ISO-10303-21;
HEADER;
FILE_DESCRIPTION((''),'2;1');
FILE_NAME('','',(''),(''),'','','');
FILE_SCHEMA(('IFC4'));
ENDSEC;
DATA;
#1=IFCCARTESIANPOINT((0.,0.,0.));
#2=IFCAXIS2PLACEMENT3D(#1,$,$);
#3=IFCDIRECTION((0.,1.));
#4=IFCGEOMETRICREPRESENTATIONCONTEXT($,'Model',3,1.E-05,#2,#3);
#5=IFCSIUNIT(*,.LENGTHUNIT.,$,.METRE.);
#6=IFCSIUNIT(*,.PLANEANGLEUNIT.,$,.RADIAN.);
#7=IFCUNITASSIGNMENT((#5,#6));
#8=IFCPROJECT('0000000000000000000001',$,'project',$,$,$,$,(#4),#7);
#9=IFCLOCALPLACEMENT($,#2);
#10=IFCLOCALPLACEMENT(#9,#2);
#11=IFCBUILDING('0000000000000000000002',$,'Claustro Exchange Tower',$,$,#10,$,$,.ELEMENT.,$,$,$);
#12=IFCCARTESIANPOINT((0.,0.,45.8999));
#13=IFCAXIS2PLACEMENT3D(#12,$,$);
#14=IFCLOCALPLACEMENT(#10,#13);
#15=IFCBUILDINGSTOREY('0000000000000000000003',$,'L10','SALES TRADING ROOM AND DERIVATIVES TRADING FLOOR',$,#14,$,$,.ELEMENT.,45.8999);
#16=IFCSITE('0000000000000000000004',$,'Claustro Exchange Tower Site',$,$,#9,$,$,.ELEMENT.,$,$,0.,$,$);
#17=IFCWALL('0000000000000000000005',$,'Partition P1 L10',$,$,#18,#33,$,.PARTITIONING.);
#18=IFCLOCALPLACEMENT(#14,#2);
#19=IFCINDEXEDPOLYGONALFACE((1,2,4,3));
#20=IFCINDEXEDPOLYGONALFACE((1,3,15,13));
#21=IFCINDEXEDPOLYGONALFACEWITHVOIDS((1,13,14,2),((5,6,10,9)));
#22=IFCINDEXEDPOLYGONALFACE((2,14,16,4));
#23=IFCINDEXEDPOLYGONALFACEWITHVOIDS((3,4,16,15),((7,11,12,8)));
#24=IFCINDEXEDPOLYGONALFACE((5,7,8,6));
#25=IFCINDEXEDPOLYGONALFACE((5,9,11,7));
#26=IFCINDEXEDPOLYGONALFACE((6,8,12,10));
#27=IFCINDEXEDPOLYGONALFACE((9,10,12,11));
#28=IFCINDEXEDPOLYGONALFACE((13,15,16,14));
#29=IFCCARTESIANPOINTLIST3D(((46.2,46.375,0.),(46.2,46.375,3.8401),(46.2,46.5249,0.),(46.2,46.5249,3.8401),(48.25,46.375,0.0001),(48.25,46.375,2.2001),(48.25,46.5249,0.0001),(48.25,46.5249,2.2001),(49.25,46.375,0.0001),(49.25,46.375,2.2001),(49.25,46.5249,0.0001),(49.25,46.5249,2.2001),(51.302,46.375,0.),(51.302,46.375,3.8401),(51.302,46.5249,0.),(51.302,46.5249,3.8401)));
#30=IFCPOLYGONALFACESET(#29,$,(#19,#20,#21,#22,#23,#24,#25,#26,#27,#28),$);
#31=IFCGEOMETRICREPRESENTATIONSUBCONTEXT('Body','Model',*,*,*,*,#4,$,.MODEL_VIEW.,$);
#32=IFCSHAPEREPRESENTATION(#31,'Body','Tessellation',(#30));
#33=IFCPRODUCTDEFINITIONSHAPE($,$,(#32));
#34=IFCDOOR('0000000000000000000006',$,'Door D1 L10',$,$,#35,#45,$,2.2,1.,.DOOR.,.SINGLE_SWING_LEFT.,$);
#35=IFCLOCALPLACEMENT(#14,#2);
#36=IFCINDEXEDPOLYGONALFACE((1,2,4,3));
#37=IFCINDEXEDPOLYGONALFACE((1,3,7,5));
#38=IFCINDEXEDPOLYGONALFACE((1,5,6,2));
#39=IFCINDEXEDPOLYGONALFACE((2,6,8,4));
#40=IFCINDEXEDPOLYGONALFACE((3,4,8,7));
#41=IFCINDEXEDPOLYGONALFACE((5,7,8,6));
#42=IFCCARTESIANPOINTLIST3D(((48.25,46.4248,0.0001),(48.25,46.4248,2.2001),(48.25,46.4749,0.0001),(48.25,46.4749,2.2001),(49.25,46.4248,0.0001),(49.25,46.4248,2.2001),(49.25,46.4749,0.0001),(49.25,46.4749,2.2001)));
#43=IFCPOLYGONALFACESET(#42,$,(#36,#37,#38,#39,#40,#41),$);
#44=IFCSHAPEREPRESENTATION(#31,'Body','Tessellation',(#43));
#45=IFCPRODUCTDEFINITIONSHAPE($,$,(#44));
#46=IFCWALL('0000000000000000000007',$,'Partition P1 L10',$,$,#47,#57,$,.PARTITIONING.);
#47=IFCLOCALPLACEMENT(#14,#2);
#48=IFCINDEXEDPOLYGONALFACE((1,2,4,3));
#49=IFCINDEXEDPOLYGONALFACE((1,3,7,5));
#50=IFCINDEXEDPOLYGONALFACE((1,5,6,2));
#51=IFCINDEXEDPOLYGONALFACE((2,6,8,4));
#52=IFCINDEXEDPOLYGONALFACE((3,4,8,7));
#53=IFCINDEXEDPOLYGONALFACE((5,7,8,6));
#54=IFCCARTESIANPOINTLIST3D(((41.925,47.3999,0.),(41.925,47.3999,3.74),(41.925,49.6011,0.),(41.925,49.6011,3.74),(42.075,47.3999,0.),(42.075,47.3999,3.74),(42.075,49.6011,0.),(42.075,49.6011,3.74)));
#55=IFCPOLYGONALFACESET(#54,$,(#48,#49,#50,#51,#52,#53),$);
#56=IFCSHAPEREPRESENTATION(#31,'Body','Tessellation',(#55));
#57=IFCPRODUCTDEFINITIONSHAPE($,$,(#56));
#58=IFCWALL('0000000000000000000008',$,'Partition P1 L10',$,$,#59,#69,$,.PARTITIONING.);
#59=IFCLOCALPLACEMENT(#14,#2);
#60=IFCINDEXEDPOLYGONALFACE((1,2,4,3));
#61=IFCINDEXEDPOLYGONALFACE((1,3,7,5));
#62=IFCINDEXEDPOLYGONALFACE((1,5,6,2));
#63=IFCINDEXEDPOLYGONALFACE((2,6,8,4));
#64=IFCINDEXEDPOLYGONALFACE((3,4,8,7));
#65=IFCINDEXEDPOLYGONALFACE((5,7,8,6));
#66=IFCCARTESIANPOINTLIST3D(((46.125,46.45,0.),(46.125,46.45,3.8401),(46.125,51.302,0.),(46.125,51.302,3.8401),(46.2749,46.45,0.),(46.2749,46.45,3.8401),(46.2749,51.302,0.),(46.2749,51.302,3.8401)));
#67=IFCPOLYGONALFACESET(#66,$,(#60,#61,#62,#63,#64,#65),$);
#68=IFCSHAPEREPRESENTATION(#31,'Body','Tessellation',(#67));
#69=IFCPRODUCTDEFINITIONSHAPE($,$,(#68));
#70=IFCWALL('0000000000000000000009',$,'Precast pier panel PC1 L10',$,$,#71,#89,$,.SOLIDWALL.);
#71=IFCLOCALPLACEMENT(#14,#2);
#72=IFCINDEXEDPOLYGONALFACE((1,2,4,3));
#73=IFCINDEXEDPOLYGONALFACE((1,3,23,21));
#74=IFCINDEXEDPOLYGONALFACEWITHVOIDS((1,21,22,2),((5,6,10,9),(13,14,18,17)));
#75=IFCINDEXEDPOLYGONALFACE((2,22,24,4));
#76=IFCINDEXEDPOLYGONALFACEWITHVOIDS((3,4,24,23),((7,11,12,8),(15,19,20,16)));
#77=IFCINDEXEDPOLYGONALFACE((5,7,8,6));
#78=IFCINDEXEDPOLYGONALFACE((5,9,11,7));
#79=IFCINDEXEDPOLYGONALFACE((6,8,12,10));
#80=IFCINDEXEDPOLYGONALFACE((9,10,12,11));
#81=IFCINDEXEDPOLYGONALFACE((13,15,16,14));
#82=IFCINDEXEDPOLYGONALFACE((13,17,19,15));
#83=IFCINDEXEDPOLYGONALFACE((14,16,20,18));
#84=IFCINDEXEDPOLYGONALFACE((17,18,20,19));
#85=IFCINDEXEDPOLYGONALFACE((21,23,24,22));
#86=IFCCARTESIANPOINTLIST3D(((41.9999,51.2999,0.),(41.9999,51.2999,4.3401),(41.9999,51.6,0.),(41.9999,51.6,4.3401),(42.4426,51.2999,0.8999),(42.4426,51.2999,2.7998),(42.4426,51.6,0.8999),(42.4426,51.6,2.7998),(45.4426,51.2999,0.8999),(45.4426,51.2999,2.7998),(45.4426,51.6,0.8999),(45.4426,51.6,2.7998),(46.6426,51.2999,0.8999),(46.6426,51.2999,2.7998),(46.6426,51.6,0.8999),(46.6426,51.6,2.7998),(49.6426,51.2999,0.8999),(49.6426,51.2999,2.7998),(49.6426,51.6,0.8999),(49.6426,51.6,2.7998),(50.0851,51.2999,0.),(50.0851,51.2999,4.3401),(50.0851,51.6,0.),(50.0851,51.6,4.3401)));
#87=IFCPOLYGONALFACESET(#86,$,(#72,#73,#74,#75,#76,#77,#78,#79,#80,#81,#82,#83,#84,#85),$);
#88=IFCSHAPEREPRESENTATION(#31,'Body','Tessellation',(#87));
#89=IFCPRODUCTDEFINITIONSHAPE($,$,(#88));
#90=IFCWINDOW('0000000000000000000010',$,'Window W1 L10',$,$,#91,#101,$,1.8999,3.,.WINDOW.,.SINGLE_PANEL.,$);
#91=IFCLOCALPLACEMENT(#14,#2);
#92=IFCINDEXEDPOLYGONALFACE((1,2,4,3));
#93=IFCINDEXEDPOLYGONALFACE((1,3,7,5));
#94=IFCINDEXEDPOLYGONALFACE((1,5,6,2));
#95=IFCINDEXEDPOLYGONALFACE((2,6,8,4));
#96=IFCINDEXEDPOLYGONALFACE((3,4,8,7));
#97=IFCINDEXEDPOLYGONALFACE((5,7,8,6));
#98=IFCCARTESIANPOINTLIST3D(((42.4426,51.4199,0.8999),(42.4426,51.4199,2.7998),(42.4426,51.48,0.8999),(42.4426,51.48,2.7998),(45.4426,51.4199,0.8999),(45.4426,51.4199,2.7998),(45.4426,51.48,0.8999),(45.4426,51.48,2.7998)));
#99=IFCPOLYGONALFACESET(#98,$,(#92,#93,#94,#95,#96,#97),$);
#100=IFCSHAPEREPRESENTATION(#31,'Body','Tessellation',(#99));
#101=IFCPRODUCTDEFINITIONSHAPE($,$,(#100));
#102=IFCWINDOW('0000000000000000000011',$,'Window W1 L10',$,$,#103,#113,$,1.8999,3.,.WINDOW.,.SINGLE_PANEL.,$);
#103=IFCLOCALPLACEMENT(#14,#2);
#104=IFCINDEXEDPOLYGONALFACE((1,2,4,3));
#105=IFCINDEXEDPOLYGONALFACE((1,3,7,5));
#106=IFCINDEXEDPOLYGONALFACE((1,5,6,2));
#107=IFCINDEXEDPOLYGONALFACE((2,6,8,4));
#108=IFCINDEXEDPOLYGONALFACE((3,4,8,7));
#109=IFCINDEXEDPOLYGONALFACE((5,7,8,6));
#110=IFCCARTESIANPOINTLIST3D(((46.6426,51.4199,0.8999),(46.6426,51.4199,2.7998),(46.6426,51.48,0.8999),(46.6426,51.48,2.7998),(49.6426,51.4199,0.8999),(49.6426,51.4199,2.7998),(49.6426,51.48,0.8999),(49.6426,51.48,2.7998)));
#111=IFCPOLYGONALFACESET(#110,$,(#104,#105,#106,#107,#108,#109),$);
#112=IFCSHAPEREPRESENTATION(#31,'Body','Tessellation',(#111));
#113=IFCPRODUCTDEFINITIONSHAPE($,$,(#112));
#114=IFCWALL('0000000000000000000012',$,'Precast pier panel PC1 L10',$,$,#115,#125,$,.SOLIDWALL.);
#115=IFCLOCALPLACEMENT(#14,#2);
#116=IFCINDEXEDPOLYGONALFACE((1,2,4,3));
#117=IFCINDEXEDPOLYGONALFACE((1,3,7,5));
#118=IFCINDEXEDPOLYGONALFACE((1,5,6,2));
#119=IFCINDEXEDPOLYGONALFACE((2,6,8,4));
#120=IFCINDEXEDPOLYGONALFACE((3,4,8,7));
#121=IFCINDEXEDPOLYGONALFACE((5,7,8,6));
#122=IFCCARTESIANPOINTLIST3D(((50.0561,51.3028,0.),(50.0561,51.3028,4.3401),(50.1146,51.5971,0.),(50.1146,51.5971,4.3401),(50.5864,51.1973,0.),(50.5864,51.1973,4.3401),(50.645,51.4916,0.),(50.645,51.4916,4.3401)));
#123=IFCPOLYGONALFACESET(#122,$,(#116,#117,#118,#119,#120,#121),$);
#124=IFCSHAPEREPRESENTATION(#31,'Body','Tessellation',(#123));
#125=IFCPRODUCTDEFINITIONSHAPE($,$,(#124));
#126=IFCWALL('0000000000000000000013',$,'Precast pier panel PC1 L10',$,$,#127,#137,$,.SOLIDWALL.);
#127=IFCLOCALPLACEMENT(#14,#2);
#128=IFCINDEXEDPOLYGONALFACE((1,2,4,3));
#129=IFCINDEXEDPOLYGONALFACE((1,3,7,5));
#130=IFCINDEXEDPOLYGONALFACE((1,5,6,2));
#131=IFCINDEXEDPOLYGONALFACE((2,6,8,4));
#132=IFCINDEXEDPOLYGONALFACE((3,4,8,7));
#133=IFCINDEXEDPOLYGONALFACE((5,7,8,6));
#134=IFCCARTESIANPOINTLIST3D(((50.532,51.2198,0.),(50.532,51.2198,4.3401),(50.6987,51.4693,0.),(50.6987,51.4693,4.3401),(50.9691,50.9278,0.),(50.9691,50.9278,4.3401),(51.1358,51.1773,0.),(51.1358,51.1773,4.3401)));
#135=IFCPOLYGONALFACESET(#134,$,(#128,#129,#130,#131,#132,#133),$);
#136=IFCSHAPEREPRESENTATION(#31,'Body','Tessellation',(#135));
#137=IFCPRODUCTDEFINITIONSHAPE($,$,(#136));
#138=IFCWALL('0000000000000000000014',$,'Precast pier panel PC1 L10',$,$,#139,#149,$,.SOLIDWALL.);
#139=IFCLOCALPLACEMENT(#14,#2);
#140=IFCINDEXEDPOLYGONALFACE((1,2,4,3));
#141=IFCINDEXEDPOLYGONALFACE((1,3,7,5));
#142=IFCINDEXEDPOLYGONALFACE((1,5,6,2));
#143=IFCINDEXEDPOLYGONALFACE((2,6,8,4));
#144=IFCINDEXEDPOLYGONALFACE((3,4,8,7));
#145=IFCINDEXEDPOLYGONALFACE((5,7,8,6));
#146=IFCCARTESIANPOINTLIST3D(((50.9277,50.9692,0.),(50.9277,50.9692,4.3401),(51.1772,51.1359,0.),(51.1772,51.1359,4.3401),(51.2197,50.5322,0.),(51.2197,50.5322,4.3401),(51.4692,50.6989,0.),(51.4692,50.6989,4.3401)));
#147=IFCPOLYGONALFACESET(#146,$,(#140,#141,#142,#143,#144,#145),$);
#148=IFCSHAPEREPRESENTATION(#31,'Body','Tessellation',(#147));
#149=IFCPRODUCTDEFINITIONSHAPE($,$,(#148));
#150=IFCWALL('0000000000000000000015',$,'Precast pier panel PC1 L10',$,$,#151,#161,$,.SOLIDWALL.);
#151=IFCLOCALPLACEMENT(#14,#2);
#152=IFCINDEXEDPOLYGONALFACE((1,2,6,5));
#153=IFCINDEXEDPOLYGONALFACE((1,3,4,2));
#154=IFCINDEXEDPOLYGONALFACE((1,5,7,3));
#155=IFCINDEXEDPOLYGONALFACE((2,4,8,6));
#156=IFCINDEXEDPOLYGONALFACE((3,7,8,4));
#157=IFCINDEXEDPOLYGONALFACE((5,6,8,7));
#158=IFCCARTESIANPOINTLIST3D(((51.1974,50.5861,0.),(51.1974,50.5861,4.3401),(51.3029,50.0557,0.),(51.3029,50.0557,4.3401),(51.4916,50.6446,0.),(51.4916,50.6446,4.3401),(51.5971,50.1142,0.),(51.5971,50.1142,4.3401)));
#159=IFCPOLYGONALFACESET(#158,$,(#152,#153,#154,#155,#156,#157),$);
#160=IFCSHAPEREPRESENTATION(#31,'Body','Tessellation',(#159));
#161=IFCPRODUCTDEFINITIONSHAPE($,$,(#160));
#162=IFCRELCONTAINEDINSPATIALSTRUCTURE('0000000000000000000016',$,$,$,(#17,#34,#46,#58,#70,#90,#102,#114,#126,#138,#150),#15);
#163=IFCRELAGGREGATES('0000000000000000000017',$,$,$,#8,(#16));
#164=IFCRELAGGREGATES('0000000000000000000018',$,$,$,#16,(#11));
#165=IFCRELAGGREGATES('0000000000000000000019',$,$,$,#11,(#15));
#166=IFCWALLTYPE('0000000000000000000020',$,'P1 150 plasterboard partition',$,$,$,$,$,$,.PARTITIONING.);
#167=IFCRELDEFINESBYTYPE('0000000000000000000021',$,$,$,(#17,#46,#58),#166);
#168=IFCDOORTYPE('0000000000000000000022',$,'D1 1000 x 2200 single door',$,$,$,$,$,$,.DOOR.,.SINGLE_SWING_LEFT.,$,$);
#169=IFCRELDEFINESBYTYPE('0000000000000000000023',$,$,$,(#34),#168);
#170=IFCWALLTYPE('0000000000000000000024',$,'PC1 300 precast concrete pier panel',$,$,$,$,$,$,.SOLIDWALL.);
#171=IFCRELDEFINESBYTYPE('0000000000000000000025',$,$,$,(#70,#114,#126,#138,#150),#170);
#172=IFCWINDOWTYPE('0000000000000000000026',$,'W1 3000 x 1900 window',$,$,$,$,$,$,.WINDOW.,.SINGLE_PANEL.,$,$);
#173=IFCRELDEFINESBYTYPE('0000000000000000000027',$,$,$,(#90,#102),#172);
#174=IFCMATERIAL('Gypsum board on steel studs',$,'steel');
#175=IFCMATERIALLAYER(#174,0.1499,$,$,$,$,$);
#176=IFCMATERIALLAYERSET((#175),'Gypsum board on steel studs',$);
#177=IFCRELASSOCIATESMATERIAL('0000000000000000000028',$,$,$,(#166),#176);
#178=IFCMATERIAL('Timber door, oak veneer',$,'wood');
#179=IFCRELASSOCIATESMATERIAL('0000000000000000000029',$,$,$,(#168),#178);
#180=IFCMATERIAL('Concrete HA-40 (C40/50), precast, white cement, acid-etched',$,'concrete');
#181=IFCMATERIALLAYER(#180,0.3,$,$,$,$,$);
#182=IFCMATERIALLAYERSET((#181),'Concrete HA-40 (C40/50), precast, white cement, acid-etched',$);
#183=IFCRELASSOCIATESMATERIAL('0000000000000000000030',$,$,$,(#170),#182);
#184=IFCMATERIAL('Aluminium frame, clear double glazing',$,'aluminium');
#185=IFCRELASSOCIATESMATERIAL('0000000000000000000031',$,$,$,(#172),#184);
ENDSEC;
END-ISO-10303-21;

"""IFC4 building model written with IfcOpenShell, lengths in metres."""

from ifc_helpers import new_model, si_unit, direction, frame, frame_2d, origin, place, context, subcontext, project, spatial, rectangle, extrude, material, layer, layer_set, type_object, element, fill, save


model = new_model("IFC4")

# Units and contexts
model_context = context("Model", 3, precision=1e-05, world=origin(), true_north=direction((0.0, 1.0)))
body_context = subcontext(model_context, "Body", "Model", "MODEL_VIEW")
ifc_project = project(units=[si_unit("LENGTHUNIT", "METRE"), si_unit("PLANEANGLEUNIT", "RADIAN")], contexts=[model_context])

# Site, building, storey
site_placement = place(None, origin())
site = spatial("IfcSite", under=ifc_project, at=site_placement, Name="Claustro Exchange Tower Site", CompositionType="ELEMENT", RefElevation=0.0)
building_placement = place(site_placement, origin())
building = spatial("IfcBuilding", under=site, at=building_placement, Name="Claustro Exchange Tower", CompositionType="ELEMENT")
storey_placement = place(building_placement, frame((0.0, 0.0, 45.8999)))
storey = spatial("IfcBuildingStorey", under=building, at=storey_placement, Name="L10", Description="SALES TRADING ROOM AND DERIVATIVES TRADING FLOOR", CompositionType="ELEMENT", Elevation=45.8999)

# Wall, opening, door
ifc_material_1 = material(Name="Gypsum board on steel studs", Category="steel")
ifc_layer_1 = layer(ifc_material_1, 0.1499)
ifc_layer_set_1 = layer_set([ifc_layer_1], Name="Gypsum board on steel studs")
wall_type_1 = type_object("IfcWallType", Name="P1 150 plasterboard partition", PredefinedType="PARTITIONING", material=ifc_layer_set_1)
ifc_material_2 = material(Name="Timber door, oak veneer", Category="wood")
door_type = type_object("IfcDoorType", Name="D1 1000 x 2200 single door", OperationType="SINGLE_SWING_LEFT", PredefinedType="DOOR", material=ifc_material_2)
wall_1_placement = place(storey_placement, frame((46.2, 46.45, 0.0), z_axis=(0.0, 0.0, 1.0), x_axis=(1.0, 0.0, 0.0)))
wall_1 = element("IfcWall", 1, at=wall_1_placement, inside=storey, type_object=wall_type_1, Name="Partition P1 L10", PredefinedType="PARTITIONING", context=body_context, shape_type="SweptSolid", body=[
    extrude(rectangle(XDim=5.1021, YDim=0.1499, at=frame_2d((2.551, 0.0))), origin(), (0.0, 0.0, 1.0), 3.8401),
])
opening_1_placement = place(wall_1_placement, frame((2.05, 0.0, 0.0)))
opening_1 = element("IfcOpeningElement", 2, at=opening_1_placement, cuts=wall_1, PredefinedType="OPENING", context=body_context, shape_type="SweptSolid", body=[
    extrude(rectangle(XDim=1.0, YDim=2.2, at=frame_2d((0.5, 1.1001))), frame((0.0, 0.085, 0.0), z_axis=(0.0, -1.0, 0.0), x_axis=(1.0, 0.0, 0.0)), (0.0, 0.0, 1.0), 0.1699),
])
door_1_placement = place(opening_1_placement, origin())
door_1 = element("IfcDoor", 3, at=door_1_placement, inside=storey, type_object=door_type, Name="Door D1 L10", OperationType="SINGLE_SWING_LEFT", OverallHeight=2.2, OverallWidth=1.0, PredefinedType="DOOR", context=body_context, shape_type="SweptSolid", body=[
    extrude(rectangle(XDim=1.0, YDim=2.2, at=frame_2d((0.5, 1.1001))), frame((0.0, 0.0249, 0.0), z_axis=(0.0, -1.0, 0.0), x_axis=(1.0, 0.0, 0.0)), (0.0, 0.0, 1.0), 0.05),
])
fill(opening_1, door_1)

# Walls
wall_2_placement = place(storey_placement, frame((42.0, 47.3999, 0.0), z_axis=(0.0, 0.0, 1.0), x_axis=(0.0, 1.0, 0.0)))
element("IfcWall", 4, at=wall_2_placement, inside=storey, type_object=wall_type_1, Name="Partition P1 L10", PredefinedType="PARTITIONING", context=body_context, shape_type="SweptSolid", body=[
    extrude(rectangle(XDim=2.2012, YDim=0.1499, at=frame_2d((1.1006, 0.0))), origin(), (0.0, 0.0, 1.0), 3.74),
])
wall_3_placement = place(storey_placement, frame((46.2, 46.45, 0.0), z_axis=(0.0, 0.0, 1.0), x_axis=(0.0, 1.0, 0.0)))
element("IfcWall", 5, at=wall_3_placement, inside=storey, type_object=wall_type_1, Name="Partition P1 L10", PredefinedType="PARTITIONING", context=body_context, shape_type="SweptSolid", body=[
    extrude(rectangle(XDim=4.8521, YDim=0.1499, at=frame_2d((2.426, 0.0))), origin(), (0.0, 0.0, 1.0), 3.8401),
])

# Wall, openings, windows
ifc_material_3 = material(Name="Concrete HA-40 (C40/50), precast, white cement, acid-etched", Category="concrete")
ifc_layer_2 = layer(ifc_material_3, 0.3)
ifc_layer_set_2 = layer_set([ifc_layer_2], Name="Concrete HA-40 (C40/50), precast, white cement, acid-etched")
wall_type_2 = type_object("IfcWallType", Name="PC1 300 precast concrete pier panel", PredefinedType="SOLIDWALL", material=ifc_layer_set_2)
wall_4_placement = place(storey_placement, frame((42.0, 51.45, 0.0), z_axis=(0.0, 0.0, 1.0), x_axis=(1.0, 0.0, 0.0)))
wall_4 = element("IfcWall", 6, at=wall_4_placement, inside=storey, type_object=wall_type_2, Name="Precast pier panel PC1 L10", PredefinedType="SOLIDWALL", context=body_context, shape_type="SweptSolid", body=[
    extrude(rectangle(XDim=8.0852, YDim=0.3, at=frame_2d((4.0425, 0.0))), origin(), (0.0, 0.0, 1.0), 4.3401),
])
opening_2_placement = place(wall_4_placement, frame((0.4426, 0.0, 0.8999)))
opening_2 = element("IfcOpeningElement", 7, at=opening_2_placement, cuts=wall_4, PredefinedType="OPENING", context=body_context, shape_type="SweptSolid", body=[
    extrude(rectangle(XDim=3.0, YDim=1.8999, at=frame_2d((1.5, 0.95))), frame((0.0, 0.1599, 0.0), z_axis=(0.0, -1.0, 0.0), x_axis=(1.0, 0.0, 0.0)), (0.0, 0.0, 1.0), 0.3201),
])
opening_3_placement = place(wall_4_placement, frame((4.6426, 0.0, 0.8999)))
opening_3 = element("IfcOpeningElement", 8, at=opening_3_placement, cuts=wall_4, PredefinedType="OPENING", context=body_context, shape_type="SweptSolid", body=[
    extrude(rectangle(XDim=3.0, YDim=1.8999, at=frame_2d((1.5, 0.95))), frame((0.0, 0.1599, 0.0), z_axis=(0.0, -1.0, 0.0), x_axis=(1.0, 0.0, 0.0)), (0.0, 0.0, 1.0), 0.3201),
])
ifc_material_4 = material(Name="Aluminium frame, clear double glazing", Category="aluminium")
window_type_1 = type_object("IfcWindowType", Name="W1 3000 x 1900 window", PartitioningType="SINGLE_PANEL", PredefinedType="WINDOW", material=ifc_material_4)
window_1_placement = place(opening_2_placement, origin())
window_1 = element("IfcWindow", 9, at=window_1_placement, inside=storey, type_object=window_type_1, Name="Window W1 L10", OverallHeight=1.8999, OverallWidth=3.0, PartitioningType="SINGLE_PANEL", PredefinedType="WINDOW", context=body_context, shape_type="SweptSolid", body=[
    extrude(rectangle(XDim=3.0, YDim=1.8999, at=frame_2d((1.5, 0.95))), frame((0.0, 0.03, 0.0), z_axis=(0.0, -1.0, 0.0), x_axis=(1.0, 0.0, 0.0)), (0.0, 0.0, 1.0), 0.0601),
])
fill(opening_2, window_1)
window_2_placement = place(opening_3_placement, origin())
window_2 = element("IfcWindow", 10, at=window_2_placement, inside=storey, type_object=window_type_1, Name="Window W1 L10", OverallHeight=1.8999, OverallWidth=3.0, PartitioningType="SINGLE_PANEL", PredefinedType="WINDOW", context=body_context, shape_type="SweptSolid", body=[
    extrude(rectangle(XDim=3.0, YDim=1.8999, at=frame_2d((1.5, 0.95))), frame((0.0, 0.03, 0.0), z_axis=(0.0, -1.0, 0.0), x_axis=(1.0, 0.0, 0.0)), (0.0, 0.0, 1.0), 0.0601),
])
fill(opening_3, window_2)

# Walls
wall_5_placement = place(storey_placement, frame((50.0852, 51.45, 0.0), z_axis=(0.0, 0.0, 1.0), x_axis=(0.980789, -0.195074, 0.0)))
element("IfcWall", 11, at=wall_5_placement, inside=storey, type_object=wall_type_2, Name="Precast pier panel PC1 L10", PredefinedType="SOLIDWALL", context=body_context, shape_type="SweptSolid", body=[
    extrude(rectangle(XDim=0.5408, YDim=0.3, at=frame_2d((0.2705, 0.0))), origin(), (0.0, 0.0, 1.0), 4.3401),
])
for number, where, z_axis, x_axis, name in (
    (12, (50.6155, 51.3445, 0.0), (0.0, 0.0, 1.0), (0.831478, -0.555557, 0.0), "Precast pier panel PC1 L10"),
    (13, (51.0525, 51.0525, 0.0), (0.0, 0.0, 1.0), (0.555557, -0.831478, 0.0), "Precast pier panel PC1 L10"),
):
    element("IfcWall", number, at=place(storey_placement, frame(where, z_axis=z_axis, x_axis=x_axis)), inside=storey, type_object=wall_type_2, Name=name, PredefinedType="SOLIDWALL", context=body_context, shape_type="SweptSolid", body=[
        extrude(rectangle(XDim=0.5256, YDim=0.3, at=frame_2d((0.2627, 0.0))), origin(), (0.0, 0.0, 1.0), 4.3401),
    ])
wall_6_placement = place(storey_placement, frame((51.3445, 50.6155, 0.0), z_axis=(0.0, 0.0, 1.0), x_axis=(0.195074, -0.980789, 0.0)))
element("IfcWall", 14, at=wall_6_placement, inside=storey, type_object=wall_type_2, Name="Precast pier panel PC1 L10", PredefinedType="SOLIDWALL", context=body_context, shape_type="SweptSolid", body=[
    extrude(rectangle(XDim=0.5408, YDim=0.3, at=frame_2d((0.2705, 0.0))), origin(), (0.0, 0.0, 1.0), 4.3401),
])

save(model, "model.ifc")
